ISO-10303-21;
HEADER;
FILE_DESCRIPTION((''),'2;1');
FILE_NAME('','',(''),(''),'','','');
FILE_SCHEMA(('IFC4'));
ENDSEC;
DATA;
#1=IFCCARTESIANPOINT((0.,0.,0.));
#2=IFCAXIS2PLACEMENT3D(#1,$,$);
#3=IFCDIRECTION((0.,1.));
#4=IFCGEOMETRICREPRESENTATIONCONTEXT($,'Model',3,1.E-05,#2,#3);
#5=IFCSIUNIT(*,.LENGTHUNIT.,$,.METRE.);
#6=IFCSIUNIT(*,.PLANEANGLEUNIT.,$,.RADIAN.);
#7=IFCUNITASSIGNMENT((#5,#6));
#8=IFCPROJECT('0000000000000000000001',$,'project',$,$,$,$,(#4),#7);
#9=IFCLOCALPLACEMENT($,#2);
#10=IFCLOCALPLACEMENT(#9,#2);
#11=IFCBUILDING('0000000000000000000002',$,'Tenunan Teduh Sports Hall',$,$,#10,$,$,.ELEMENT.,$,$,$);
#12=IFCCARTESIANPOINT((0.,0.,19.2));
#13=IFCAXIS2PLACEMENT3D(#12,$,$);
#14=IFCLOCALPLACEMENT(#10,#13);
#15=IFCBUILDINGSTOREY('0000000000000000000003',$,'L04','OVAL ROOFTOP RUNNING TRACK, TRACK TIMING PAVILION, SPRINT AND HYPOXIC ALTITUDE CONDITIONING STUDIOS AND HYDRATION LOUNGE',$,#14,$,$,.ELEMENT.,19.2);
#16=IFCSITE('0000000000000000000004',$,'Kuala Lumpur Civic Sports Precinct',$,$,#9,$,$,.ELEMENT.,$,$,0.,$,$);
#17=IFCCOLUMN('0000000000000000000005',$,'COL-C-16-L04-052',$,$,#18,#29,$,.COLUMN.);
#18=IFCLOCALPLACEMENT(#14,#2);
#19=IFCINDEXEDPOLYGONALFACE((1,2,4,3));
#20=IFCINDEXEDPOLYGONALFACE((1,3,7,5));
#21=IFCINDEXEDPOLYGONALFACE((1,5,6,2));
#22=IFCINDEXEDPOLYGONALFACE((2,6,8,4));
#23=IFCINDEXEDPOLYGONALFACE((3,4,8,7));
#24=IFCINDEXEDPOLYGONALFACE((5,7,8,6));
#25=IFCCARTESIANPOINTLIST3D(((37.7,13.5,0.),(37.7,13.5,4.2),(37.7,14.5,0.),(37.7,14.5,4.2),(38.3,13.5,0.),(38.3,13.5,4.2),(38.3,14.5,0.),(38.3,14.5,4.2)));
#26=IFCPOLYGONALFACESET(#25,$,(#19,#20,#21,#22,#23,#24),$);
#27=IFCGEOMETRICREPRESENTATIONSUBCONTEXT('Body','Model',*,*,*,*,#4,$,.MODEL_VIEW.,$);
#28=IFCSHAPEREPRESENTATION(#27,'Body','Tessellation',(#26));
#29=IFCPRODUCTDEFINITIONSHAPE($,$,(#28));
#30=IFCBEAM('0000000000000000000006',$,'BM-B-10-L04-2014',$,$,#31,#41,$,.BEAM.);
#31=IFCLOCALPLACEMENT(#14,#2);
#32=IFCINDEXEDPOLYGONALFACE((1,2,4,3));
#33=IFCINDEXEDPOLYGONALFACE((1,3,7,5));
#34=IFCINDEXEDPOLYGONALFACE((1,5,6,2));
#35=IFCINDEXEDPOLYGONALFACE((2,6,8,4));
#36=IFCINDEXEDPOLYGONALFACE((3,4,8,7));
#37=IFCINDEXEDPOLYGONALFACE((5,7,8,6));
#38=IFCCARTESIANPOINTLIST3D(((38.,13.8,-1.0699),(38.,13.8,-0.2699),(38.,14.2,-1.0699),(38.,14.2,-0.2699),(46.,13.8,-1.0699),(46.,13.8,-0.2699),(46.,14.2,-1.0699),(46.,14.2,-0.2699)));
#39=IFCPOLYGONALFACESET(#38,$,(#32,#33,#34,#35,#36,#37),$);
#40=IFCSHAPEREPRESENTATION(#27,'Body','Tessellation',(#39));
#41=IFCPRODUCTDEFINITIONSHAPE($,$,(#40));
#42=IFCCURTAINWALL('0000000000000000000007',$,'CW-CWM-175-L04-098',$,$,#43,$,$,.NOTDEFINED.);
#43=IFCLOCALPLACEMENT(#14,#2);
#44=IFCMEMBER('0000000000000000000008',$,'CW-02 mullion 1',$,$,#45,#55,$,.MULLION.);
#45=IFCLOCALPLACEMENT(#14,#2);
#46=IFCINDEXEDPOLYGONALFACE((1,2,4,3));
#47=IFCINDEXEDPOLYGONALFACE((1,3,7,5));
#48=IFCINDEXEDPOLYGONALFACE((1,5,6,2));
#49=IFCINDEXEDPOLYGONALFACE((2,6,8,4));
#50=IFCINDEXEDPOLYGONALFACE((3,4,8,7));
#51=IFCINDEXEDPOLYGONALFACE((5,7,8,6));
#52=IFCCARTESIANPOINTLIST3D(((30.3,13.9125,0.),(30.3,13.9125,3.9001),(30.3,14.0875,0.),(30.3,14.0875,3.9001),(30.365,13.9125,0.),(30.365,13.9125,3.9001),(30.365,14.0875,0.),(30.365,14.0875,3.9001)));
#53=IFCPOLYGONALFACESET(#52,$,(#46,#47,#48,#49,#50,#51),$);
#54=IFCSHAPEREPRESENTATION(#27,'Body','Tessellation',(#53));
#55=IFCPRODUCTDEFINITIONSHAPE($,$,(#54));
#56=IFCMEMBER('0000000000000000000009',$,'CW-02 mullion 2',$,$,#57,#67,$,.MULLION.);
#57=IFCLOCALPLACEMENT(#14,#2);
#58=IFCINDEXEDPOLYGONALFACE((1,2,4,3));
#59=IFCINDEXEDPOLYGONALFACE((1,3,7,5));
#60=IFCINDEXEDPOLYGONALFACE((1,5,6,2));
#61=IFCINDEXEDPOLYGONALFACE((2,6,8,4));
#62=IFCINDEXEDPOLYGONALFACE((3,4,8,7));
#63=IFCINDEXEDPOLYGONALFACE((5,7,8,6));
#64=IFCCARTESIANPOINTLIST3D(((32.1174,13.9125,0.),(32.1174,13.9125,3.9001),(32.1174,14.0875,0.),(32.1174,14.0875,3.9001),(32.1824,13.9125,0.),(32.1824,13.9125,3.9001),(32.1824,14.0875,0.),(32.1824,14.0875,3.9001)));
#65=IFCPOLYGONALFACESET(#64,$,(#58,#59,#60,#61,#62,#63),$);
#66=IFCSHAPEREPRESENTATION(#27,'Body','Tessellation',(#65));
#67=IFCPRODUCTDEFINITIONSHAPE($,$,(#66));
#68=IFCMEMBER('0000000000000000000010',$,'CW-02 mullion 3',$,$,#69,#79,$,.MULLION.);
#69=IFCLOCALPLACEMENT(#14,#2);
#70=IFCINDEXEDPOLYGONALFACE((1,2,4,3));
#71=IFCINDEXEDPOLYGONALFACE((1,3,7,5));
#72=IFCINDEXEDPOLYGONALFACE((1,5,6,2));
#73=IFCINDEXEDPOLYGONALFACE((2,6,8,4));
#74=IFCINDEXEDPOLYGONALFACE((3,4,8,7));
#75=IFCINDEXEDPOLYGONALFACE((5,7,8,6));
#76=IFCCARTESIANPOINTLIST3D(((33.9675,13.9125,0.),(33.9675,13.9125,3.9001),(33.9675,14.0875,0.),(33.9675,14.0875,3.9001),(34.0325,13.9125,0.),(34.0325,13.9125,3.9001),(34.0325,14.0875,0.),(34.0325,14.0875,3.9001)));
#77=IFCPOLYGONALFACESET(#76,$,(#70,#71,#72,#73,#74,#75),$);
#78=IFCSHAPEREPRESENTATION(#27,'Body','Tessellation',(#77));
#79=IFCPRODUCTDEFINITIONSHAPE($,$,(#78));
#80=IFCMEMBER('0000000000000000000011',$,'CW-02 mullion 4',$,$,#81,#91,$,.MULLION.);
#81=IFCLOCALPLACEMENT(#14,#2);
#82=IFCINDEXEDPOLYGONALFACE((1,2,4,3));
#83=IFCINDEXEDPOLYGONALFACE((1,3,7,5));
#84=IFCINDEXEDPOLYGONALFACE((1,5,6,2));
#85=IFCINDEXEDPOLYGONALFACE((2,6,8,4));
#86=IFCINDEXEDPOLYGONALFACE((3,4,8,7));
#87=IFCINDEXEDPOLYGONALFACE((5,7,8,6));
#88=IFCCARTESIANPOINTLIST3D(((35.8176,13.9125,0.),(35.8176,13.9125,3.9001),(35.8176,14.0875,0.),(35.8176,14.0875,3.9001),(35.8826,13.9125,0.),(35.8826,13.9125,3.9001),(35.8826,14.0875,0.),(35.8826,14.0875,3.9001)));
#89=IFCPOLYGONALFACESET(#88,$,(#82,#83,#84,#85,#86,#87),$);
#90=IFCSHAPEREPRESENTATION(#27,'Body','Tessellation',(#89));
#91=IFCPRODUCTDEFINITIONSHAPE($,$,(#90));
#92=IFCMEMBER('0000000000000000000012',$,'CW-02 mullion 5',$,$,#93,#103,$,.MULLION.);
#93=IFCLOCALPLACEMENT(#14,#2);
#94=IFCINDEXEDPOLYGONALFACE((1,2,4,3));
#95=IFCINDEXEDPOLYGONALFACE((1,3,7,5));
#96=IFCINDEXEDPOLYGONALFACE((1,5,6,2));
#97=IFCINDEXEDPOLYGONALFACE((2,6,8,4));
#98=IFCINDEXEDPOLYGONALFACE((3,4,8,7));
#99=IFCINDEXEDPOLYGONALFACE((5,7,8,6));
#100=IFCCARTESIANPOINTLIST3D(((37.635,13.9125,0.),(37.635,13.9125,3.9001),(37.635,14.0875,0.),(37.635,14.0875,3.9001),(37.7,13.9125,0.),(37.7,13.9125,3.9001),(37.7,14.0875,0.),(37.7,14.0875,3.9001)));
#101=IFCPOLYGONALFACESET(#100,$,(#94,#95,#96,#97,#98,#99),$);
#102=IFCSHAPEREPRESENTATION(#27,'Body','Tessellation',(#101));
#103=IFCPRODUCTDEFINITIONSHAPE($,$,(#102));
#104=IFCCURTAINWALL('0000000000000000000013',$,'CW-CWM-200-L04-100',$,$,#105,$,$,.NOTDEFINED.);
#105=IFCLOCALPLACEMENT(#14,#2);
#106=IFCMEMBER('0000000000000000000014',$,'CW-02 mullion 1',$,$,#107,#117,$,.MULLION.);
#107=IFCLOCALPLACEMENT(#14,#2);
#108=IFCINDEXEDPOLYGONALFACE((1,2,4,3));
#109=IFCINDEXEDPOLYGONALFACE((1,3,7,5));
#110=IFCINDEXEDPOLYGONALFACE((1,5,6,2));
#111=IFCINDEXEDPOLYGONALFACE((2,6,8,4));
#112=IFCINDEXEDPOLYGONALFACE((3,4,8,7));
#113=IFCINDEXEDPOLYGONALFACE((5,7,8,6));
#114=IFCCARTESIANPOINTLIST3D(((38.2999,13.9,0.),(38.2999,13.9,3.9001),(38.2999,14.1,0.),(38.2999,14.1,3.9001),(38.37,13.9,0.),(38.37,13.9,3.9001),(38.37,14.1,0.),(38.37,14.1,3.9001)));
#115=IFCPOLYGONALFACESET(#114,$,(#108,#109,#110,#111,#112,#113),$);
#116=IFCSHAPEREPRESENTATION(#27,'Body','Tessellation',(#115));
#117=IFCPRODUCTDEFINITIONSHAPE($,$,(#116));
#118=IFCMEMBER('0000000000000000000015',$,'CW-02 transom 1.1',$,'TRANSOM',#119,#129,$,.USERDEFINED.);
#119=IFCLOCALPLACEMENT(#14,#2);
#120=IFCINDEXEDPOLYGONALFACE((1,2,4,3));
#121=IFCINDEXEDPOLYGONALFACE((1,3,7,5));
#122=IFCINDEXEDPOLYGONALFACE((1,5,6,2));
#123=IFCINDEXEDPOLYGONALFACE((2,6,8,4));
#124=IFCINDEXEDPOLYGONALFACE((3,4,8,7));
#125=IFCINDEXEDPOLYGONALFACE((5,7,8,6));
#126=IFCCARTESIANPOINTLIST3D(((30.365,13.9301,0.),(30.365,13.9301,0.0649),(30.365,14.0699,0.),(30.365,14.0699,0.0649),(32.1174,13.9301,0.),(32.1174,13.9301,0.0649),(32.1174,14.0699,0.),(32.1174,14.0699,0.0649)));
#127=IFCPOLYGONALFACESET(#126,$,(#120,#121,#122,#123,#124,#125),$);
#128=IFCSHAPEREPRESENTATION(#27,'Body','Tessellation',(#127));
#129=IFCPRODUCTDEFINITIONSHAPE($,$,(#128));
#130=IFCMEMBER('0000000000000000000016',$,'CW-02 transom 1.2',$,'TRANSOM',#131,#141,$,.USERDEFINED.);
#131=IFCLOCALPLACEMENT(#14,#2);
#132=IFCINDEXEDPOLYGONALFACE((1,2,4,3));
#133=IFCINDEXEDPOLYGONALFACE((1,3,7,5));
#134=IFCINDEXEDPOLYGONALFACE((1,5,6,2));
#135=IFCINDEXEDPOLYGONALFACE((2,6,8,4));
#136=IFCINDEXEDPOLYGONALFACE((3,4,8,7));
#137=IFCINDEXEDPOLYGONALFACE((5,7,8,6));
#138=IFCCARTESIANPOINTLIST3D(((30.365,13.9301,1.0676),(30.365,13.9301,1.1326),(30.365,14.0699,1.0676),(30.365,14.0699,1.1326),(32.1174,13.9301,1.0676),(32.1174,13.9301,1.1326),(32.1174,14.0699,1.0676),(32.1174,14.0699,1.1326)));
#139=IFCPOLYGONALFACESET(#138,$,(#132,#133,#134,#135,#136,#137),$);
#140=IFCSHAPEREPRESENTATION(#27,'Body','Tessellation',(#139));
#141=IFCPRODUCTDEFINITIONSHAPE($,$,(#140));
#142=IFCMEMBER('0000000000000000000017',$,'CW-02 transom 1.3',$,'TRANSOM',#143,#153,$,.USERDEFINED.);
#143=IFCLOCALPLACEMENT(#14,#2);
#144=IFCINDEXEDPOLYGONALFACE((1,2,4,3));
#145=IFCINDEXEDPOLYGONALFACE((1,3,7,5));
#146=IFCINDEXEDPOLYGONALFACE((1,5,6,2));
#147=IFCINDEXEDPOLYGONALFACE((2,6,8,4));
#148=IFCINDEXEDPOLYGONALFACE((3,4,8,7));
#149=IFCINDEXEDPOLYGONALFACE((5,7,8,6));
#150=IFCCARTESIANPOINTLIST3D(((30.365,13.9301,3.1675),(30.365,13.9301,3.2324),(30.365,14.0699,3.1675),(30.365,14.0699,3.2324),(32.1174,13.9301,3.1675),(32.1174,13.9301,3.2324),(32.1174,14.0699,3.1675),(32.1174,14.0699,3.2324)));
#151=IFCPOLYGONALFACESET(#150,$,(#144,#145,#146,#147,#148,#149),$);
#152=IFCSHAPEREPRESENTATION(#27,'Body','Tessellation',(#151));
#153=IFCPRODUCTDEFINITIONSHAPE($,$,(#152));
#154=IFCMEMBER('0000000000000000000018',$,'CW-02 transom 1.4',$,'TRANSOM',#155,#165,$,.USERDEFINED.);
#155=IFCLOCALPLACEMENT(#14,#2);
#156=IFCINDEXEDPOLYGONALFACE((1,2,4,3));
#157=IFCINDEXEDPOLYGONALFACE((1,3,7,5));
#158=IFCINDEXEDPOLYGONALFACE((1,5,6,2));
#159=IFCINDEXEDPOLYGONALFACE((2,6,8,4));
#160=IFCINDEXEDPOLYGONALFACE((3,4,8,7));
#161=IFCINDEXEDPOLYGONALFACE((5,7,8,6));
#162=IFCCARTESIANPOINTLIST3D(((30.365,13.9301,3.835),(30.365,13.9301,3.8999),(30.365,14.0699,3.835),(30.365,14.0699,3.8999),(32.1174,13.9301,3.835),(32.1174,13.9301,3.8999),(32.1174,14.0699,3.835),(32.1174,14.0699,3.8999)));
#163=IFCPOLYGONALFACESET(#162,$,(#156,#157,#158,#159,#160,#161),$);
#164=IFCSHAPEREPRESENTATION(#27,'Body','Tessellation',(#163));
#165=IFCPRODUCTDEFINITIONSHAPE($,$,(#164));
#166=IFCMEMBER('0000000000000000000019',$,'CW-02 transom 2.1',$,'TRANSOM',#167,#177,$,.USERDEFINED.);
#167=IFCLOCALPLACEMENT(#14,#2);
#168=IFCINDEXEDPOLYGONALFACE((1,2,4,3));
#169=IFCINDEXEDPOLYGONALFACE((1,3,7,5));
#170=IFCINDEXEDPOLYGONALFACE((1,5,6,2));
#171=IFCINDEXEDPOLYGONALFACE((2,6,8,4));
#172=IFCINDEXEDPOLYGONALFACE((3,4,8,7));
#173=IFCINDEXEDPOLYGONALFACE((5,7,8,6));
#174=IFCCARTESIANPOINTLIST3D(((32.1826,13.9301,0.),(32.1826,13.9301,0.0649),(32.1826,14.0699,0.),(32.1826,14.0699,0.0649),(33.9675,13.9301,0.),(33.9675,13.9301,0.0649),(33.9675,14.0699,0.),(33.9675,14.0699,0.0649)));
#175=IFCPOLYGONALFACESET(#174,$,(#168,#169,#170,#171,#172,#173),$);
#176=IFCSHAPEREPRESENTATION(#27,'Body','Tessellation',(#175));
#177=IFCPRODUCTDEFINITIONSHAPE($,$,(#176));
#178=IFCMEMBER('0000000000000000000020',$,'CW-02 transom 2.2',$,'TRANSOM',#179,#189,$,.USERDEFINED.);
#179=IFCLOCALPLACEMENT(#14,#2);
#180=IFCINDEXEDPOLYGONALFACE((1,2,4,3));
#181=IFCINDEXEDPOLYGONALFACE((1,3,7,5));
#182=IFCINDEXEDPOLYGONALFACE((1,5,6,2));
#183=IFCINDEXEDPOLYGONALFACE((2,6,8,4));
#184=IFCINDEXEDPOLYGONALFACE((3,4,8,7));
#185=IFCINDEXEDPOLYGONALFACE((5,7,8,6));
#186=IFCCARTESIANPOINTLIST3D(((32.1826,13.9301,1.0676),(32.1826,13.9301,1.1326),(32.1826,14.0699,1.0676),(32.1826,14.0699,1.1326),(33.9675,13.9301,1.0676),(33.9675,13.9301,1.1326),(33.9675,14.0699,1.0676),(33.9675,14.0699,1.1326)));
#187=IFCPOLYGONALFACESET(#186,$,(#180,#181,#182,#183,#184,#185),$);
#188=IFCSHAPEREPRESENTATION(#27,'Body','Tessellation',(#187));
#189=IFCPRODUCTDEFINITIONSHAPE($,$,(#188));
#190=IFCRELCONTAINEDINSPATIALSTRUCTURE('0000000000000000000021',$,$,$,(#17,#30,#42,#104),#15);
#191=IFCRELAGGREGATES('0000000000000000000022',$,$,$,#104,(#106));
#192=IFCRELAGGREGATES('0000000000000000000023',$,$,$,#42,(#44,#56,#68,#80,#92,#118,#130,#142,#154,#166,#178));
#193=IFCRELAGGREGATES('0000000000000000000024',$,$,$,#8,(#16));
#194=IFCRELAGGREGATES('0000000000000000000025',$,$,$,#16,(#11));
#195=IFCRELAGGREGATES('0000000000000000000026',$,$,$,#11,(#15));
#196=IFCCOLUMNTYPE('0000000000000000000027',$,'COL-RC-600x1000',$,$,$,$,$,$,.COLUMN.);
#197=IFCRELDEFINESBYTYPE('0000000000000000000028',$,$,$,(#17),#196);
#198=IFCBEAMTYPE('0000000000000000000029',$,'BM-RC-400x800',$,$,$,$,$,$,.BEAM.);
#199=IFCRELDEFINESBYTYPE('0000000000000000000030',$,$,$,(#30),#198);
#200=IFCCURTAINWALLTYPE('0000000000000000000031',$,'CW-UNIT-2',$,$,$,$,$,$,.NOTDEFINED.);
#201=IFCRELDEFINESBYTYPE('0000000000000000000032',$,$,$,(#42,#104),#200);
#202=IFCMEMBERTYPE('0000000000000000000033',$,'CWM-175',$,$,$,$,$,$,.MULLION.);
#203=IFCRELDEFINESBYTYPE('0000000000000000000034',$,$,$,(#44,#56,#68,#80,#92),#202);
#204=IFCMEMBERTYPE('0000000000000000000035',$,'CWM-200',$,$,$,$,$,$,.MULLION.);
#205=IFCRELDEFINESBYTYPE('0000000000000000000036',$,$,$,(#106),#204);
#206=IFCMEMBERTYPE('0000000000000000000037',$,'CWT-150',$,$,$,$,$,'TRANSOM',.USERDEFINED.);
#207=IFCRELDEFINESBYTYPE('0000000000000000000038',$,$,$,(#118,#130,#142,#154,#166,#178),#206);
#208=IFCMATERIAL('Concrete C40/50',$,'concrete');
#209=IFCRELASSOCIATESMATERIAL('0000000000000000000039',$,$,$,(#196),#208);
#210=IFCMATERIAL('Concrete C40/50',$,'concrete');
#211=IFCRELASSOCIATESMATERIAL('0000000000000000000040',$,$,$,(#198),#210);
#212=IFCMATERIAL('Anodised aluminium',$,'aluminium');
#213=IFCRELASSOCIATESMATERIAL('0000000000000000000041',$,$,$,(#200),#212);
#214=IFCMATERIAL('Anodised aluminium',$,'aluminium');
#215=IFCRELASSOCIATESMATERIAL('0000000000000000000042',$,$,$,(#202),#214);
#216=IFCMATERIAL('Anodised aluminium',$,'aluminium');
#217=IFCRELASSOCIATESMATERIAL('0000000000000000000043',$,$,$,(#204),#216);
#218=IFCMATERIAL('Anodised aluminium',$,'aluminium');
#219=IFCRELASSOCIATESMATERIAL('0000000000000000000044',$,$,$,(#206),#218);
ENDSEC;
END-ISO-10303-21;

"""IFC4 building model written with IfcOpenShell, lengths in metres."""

from ifc_helpers import new_model, si_unit, direction, frame, origin, origin_2d, place, context, subcontext, project, spatial, rectangle, extrude, material, material_profile, profile_set, type_object, element, aggregate, save


model = new_model("IFC4")

# Units and contexts
model_context = context("Model", 3, precision=1e-05, world=origin(), true_north=direction((0.0, 1.0)))
body_context = subcontext(model_context, "Body", "Model", "MODEL_VIEW")
ifc_project = project(units=[si_unit("LENGTHUNIT", "METRE"), si_unit("PLANEANGLEUNIT", "RADIAN")], contexts=[model_context])

# Site, building, storey
site_placement = place(None, origin())
site = spatial("IfcSite", under=ifc_project, at=site_placement, Name="Kuala Lumpur Civic Sports Precinct", CompositionType="ELEMENT", RefElevation=0.0)
building_placement = place(site_placement, origin())
building = spatial("IfcBuilding", under=site, at=building_placement, Name="Tenunan Teduh Sports Hall", CompositionType="ELEMENT")
storey_placement = place(building_placement, frame((0.0, 0.0, 19.2)))
storey = spatial("IfcBuildingStorey", under=building, at=storey_placement, Name="L04", Description="OVAL ROOFTOP RUNNING TRACK, TRACK TIMING PAVILION, SPRINT AND HYPOXIC ALTITUDE CONDITIONING STUDIOS AND HYDRATION LOUNGE", CompositionType="ELEMENT", Elevation=19.2)

# Column
ifc_material_1 = material(Name="Concrete C40/50", Category="concrete")
ifc_material_profile_1 = material_profile(ifc_material_1, rectangle(XDim=0.6001, YDim=1.0, at=origin_2d()), Name="RC 600x1000")
ifc_profile_set_1 = profile_set([ifc_material_profile_1], Name="Concrete C40/50")
column_type = type_object("IfcColumnType", Name="COL-RC-600x1000", PredefinedType="COLUMN", material=ifc_profile_set_1)
column_placement = place(storey_placement, frame((38.0, 14.0, 0.0), z_axis=(0.0, 0.0, 1.0), x_axis=(1.0, 0.0, 0.0)))
element("IfcColumn", 1, at=column_placement, inside=storey, type_object=column_type, Name="COL-C-16-L04-052", PredefinedType="COLUMN", context=body_context, shape_type="SweptSolid", body=[
    extrude(rectangle(XDim=0.6001, YDim=1.0, at=origin_2d()), origin(), (0.0, 0.0, 1.0), 4.2),
])

# Beam
ifc_material_2 = material(Name="Concrete C40/50", Category="concrete")
ifc_material_profile_2 = material_profile(ifc_material_2, rectangle(XDim=0.3999, YDim=0.8, at=origin_2d()), Name="RCB 400x800")
ifc_profile_set_2 = profile_set([ifc_material_profile_2], Name="Concrete C40/50")
beam_type = type_object("IfcBeamType", Name="BM-RC-400x800", PredefinedType="BEAM", material=ifc_profile_set_2)
beam_placement = place(storey_placement, frame((38.0, 14.0, -0.6699), z_axis=(1.0, 0.0, 0.0), x_axis=(0.0, 1.0, 0.0)))
element("IfcBeam", 2, at=beam_placement, inside=storey, type_object=beam_type, Name="BM-B-10-L04-2014", PredefinedType="BEAM", context=body_context, shape_type="SweptSolid", body=[
    extrude(rectangle(XDim=0.3999, YDim=0.8, at=origin_2d()), origin(), (0.0, 0.0, 1.0), 8.0),
])

# Curtain wall, members
ifc_material_3 = material(Name="Anodised aluminium", Category="aluminium")
curtain_wall_type = type_object("IfcCurtainWallType", Name="CW-UNIT-2", PredefinedType="NOTDEFINED", material=ifc_material_3)
curtain_wall_1_placement = place(storey_placement, origin())
curtain_wall_1 = element("IfcCurtainWall", 3, at=curtain_wall_1_placement, inside=storey, type_object=curtain_wall_type, Name="CW-CWM-175-L04-098", PredefinedType="NOTDEFINED")
ifc_material_4 = material(Name="Anodised aluminium", Category="aluminium")
ifc_material_profile_3 = material_profile(ifc_material_4, rectangle(XDim=0.0649, YDim=0.175, at=origin_2d()), Name="CWM 65x175")
ifc_profile_set_3 = profile_set([ifc_material_profile_3], Name="Anodised aluminium")
member_type_1 = type_object("IfcMemberType", Name="CWM-175", PredefinedType="MULLION", material=ifc_profile_set_3)
member_1_placement = place(storey_placement, frame((30.3325, 14.0, 0.0), z_axis=(0.0, 0.0, 1.0), x_axis=(1.0, 0.0, 0.0)))
member_1 = element("IfcMember", 4, at=member_1_placement, type_object=member_type_1, Name="CW-02 mullion 1", PredefinedType="MULLION", context=body_context, shape_type="SweptSolid", body=[
    extrude(rectangle(XDim=0.0649, YDim=0.175, at=origin_2d()), origin(), (0.0, 0.0, 1.0), 3.9001),
])
member_2_placement = place(storey_placement, frame((32.1499, 14.0, 0.0), z_axis=(0.0, 0.0, 1.0), x_axis=(1.0, 0.0, 0.0)))
member_2 = element("IfcMember", 5, at=member_2_placement, type_object=member_type_1, Name="CW-02 mullion 2", PredefinedType="MULLION", context=body_context, shape_type="SweptSolid", body=[
    extrude(rectangle(XDim=0.0649, YDim=0.175, at=origin_2d()), origin(), (0.0, 0.0, 1.0), 3.9001),
])
member_3_placement = place(storey_placement, frame((34.0, 14.0, 0.0), z_axis=(0.0, 0.0, 1.0), x_axis=(1.0, 0.0, 0.0)))
member_3 = element("IfcMember", 6, at=member_3_placement, type_object=member_type_1, Name="CW-02 mullion 3", PredefinedType="MULLION", context=body_context, shape_type="SweptSolid", body=[
    extrude(rectangle(XDim=0.0649, YDim=0.175, at=origin_2d()), origin(), (0.0, 0.0, 1.0), 3.9001),
])
member_4_placement = place(storey_placement, frame((35.8501, 14.0, 0.0), z_axis=(0.0, 0.0, 1.0), x_axis=(1.0, 0.0, 0.0)))
member_4 = element("IfcMember", 7, at=member_4_placement, type_object=member_type_1, Name="CW-02 mullion 4", PredefinedType="MULLION", context=body_context, shape_type="SweptSolid", body=[
    extrude(rectangle(XDim=0.0649, YDim=0.175, at=origin_2d()), origin(), (0.0, 0.0, 1.0), 3.9001),
])
member_5_placement = place(storey_placement, frame((37.6675, 14.0, 0.0), z_axis=(0.0, 0.0, 1.0), x_axis=(1.0, 0.0, 0.0)))
member_5 = element("IfcMember", 8, at=member_5_placement, type_object=member_type_1, Name="CW-02 mullion 5", PredefinedType="MULLION", context=body_context, shape_type="SweptSolid", body=[
    extrude(rectangle(XDim=0.0649, YDim=0.175, at=origin_2d()), origin(), (0.0, 0.0, 1.0), 3.9001),
])

# Curtain wall, member
curtain_wall_2_placement = place(storey_placement, origin())
curtain_wall_2 = element("IfcCurtainWall", 9, at=curtain_wall_2_placement, inside=storey, type_object=curtain_wall_type, Name="CW-CWM-200-L04-100", PredefinedType="NOTDEFINED")
ifc_material_5 = material(Name="Anodised aluminium", Category="aluminium")
ifc_material_profile_4 = material_profile(ifc_material_5, rectangle(XDim=0.0701, YDim=0.2, at=origin_2d()), Name="CWM 70x200")
ifc_profile_set_4 = profile_set([ifc_material_profile_4], Name="Anodised aluminium")
member_type_2 = type_object("IfcMemberType", Name="CWM-200", PredefinedType="MULLION", material=ifc_profile_set_4)
member_6_placement = place(storey_placement, frame((38.335, 14.0, 0.0), z_axis=(0.0, 0.0, 1.0), x_axis=(1.0, 0.0, 0.0)))
member_6 = element("IfcMember", 10, at=member_6_placement, type_object=member_type_2, Name="CW-02 mullion 1", PredefinedType="MULLION", context=body_context, shape_type="SweptSolid", body=[
    extrude(rectangle(XDim=0.0701, YDim=0.2, at=origin_2d()), origin(), (0.0, 0.0, 1.0), 3.9001),
])

# Members
ifc_material_6 = material(Name="Anodised aluminium", Category="aluminium")
ifc_material_profile_5 = material_profile(ifc_material_6, rectangle(XDim=0.0649, YDim=0.1399, at=origin_2d()), Name="CWT 65x140")
ifc_profile_set_5 = profile_set([ifc_material_profile_5], Name="Anodised aluminium")
member_type_3 = type_object("IfcMemberType", Name="CWT-150", ElementType="TRANSOM", PredefinedType="USERDEFINED", material=ifc_profile_set_5)
member_7_placement = place(storey_placement, frame((30.365, 14.0, 0.0325), z_axis=(1.0, 0.0, 0.0), x_axis=(0.0, 0.0, 1.0)))
member_7 = element("IfcMember", 11, at=member_7_placement, type_object=member_type_3, Name="CW-02 transom 1.1", ObjectType="TRANSOM", PredefinedType="USERDEFINED", context=body_context, shape_type="SweptSolid", body=[
    extrude(rectangle(XDim=0.0649, YDim=0.1399, at=origin_2d()), origin(), (0.0, 0.0, 1.0), 1.7524),
])
member_8_placement = place(storey_placement, frame((30.365, 14.0, 1.1001), z_axis=(1.0, 0.0, 0.0), x_axis=(0.0, 0.0, 1.0)))
member_8 = element("IfcMember", 12, at=member_8_placement, type_object=member_type_3, Name="CW-02 transom 1.2", ObjectType="TRANSOM", PredefinedType="USERDEFINED", context=body_context, shape_type="SweptSolid", body=[
    extrude(rectangle(XDim=0.0649, YDim=0.1399, at=origin_2d()), origin(), (0.0, 0.0, 1.0), 1.7524),
])
member_9_placement = place(storey_placement, frame((30.365, 14.0, 3.2), z_axis=(1.0, 0.0, 0.0), x_axis=(0.0, 0.0, 1.0)))
member_9 = element("IfcMember", 13, at=member_9_placement, type_object=member_type_3, Name="CW-02 transom 1.3", ObjectType="TRANSOM", PredefinedType="USERDEFINED", context=body_context, shape_type="SweptSolid", body=[
    extrude(rectangle(XDim=0.0649, YDim=0.1399, at=origin_2d()), origin(), (0.0, 0.0, 1.0), 1.7524),
])
member_10_placement = place(storey_placement, frame((30.365, 14.0, 3.8674), z_axis=(1.0, 0.0, 0.0), x_axis=(0.0, 0.0, 1.0)))
member_10 = element("IfcMember", 14, at=member_10_placement, type_object=member_type_3, Name="CW-02 transom 1.4", ObjectType="TRANSOM", PredefinedType="USERDEFINED", context=body_context, shape_type="SweptSolid", body=[
    extrude(rectangle(XDim=0.0649, YDim=0.1399, at=origin_2d()), origin(), (0.0, 0.0, 1.0), 1.7524),
])
member_11_placement = place(storey_placement, frame((32.1826, 14.0, 0.0325), z_axis=(1.0, 0.0, 0.0), x_axis=(0.0, 0.0, 1.0)))
member_11 = element("IfcMember", 15, at=member_11_placement, type_object=member_type_3, Name="CW-02 transom 2.1", ObjectType="TRANSOM", PredefinedType="USERDEFINED", context=body_context, shape_type="SweptSolid", body=[
    extrude(rectangle(XDim=0.0649, YDim=0.1399, at=origin_2d()), origin(), (0.0, 0.0, 1.0), 1.7849),
])
member_12_placement = place(storey_placement, frame((32.1826, 14.0, 1.1001), z_axis=(1.0, 0.0, 0.0), x_axis=(0.0, 0.0, 1.0)))
member_12 = element("IfcMember", 16, at=member_12_placement, type_object=member_type_3, Name="CW-02 transom 2.2", ObjectType="TRANSOM", PredefinedType="USERDEFINED", context=body_context, shape_type="SweptSolid", body=[
    extrude(rectangle(XDim=0.0649, YDim=0.1399, at=origin_2d()), origin(), (0.0, 0.0, 1.0), 1.7849),
])
aggregate(curtain_wall_2, [member_6])

aggregate(curtain_wall_1, [member_1, member_2, member_3, member_4, member_5, member_7, member_8, member_9, member_10, member_11, member_12])

save(model, "model.ifc")
